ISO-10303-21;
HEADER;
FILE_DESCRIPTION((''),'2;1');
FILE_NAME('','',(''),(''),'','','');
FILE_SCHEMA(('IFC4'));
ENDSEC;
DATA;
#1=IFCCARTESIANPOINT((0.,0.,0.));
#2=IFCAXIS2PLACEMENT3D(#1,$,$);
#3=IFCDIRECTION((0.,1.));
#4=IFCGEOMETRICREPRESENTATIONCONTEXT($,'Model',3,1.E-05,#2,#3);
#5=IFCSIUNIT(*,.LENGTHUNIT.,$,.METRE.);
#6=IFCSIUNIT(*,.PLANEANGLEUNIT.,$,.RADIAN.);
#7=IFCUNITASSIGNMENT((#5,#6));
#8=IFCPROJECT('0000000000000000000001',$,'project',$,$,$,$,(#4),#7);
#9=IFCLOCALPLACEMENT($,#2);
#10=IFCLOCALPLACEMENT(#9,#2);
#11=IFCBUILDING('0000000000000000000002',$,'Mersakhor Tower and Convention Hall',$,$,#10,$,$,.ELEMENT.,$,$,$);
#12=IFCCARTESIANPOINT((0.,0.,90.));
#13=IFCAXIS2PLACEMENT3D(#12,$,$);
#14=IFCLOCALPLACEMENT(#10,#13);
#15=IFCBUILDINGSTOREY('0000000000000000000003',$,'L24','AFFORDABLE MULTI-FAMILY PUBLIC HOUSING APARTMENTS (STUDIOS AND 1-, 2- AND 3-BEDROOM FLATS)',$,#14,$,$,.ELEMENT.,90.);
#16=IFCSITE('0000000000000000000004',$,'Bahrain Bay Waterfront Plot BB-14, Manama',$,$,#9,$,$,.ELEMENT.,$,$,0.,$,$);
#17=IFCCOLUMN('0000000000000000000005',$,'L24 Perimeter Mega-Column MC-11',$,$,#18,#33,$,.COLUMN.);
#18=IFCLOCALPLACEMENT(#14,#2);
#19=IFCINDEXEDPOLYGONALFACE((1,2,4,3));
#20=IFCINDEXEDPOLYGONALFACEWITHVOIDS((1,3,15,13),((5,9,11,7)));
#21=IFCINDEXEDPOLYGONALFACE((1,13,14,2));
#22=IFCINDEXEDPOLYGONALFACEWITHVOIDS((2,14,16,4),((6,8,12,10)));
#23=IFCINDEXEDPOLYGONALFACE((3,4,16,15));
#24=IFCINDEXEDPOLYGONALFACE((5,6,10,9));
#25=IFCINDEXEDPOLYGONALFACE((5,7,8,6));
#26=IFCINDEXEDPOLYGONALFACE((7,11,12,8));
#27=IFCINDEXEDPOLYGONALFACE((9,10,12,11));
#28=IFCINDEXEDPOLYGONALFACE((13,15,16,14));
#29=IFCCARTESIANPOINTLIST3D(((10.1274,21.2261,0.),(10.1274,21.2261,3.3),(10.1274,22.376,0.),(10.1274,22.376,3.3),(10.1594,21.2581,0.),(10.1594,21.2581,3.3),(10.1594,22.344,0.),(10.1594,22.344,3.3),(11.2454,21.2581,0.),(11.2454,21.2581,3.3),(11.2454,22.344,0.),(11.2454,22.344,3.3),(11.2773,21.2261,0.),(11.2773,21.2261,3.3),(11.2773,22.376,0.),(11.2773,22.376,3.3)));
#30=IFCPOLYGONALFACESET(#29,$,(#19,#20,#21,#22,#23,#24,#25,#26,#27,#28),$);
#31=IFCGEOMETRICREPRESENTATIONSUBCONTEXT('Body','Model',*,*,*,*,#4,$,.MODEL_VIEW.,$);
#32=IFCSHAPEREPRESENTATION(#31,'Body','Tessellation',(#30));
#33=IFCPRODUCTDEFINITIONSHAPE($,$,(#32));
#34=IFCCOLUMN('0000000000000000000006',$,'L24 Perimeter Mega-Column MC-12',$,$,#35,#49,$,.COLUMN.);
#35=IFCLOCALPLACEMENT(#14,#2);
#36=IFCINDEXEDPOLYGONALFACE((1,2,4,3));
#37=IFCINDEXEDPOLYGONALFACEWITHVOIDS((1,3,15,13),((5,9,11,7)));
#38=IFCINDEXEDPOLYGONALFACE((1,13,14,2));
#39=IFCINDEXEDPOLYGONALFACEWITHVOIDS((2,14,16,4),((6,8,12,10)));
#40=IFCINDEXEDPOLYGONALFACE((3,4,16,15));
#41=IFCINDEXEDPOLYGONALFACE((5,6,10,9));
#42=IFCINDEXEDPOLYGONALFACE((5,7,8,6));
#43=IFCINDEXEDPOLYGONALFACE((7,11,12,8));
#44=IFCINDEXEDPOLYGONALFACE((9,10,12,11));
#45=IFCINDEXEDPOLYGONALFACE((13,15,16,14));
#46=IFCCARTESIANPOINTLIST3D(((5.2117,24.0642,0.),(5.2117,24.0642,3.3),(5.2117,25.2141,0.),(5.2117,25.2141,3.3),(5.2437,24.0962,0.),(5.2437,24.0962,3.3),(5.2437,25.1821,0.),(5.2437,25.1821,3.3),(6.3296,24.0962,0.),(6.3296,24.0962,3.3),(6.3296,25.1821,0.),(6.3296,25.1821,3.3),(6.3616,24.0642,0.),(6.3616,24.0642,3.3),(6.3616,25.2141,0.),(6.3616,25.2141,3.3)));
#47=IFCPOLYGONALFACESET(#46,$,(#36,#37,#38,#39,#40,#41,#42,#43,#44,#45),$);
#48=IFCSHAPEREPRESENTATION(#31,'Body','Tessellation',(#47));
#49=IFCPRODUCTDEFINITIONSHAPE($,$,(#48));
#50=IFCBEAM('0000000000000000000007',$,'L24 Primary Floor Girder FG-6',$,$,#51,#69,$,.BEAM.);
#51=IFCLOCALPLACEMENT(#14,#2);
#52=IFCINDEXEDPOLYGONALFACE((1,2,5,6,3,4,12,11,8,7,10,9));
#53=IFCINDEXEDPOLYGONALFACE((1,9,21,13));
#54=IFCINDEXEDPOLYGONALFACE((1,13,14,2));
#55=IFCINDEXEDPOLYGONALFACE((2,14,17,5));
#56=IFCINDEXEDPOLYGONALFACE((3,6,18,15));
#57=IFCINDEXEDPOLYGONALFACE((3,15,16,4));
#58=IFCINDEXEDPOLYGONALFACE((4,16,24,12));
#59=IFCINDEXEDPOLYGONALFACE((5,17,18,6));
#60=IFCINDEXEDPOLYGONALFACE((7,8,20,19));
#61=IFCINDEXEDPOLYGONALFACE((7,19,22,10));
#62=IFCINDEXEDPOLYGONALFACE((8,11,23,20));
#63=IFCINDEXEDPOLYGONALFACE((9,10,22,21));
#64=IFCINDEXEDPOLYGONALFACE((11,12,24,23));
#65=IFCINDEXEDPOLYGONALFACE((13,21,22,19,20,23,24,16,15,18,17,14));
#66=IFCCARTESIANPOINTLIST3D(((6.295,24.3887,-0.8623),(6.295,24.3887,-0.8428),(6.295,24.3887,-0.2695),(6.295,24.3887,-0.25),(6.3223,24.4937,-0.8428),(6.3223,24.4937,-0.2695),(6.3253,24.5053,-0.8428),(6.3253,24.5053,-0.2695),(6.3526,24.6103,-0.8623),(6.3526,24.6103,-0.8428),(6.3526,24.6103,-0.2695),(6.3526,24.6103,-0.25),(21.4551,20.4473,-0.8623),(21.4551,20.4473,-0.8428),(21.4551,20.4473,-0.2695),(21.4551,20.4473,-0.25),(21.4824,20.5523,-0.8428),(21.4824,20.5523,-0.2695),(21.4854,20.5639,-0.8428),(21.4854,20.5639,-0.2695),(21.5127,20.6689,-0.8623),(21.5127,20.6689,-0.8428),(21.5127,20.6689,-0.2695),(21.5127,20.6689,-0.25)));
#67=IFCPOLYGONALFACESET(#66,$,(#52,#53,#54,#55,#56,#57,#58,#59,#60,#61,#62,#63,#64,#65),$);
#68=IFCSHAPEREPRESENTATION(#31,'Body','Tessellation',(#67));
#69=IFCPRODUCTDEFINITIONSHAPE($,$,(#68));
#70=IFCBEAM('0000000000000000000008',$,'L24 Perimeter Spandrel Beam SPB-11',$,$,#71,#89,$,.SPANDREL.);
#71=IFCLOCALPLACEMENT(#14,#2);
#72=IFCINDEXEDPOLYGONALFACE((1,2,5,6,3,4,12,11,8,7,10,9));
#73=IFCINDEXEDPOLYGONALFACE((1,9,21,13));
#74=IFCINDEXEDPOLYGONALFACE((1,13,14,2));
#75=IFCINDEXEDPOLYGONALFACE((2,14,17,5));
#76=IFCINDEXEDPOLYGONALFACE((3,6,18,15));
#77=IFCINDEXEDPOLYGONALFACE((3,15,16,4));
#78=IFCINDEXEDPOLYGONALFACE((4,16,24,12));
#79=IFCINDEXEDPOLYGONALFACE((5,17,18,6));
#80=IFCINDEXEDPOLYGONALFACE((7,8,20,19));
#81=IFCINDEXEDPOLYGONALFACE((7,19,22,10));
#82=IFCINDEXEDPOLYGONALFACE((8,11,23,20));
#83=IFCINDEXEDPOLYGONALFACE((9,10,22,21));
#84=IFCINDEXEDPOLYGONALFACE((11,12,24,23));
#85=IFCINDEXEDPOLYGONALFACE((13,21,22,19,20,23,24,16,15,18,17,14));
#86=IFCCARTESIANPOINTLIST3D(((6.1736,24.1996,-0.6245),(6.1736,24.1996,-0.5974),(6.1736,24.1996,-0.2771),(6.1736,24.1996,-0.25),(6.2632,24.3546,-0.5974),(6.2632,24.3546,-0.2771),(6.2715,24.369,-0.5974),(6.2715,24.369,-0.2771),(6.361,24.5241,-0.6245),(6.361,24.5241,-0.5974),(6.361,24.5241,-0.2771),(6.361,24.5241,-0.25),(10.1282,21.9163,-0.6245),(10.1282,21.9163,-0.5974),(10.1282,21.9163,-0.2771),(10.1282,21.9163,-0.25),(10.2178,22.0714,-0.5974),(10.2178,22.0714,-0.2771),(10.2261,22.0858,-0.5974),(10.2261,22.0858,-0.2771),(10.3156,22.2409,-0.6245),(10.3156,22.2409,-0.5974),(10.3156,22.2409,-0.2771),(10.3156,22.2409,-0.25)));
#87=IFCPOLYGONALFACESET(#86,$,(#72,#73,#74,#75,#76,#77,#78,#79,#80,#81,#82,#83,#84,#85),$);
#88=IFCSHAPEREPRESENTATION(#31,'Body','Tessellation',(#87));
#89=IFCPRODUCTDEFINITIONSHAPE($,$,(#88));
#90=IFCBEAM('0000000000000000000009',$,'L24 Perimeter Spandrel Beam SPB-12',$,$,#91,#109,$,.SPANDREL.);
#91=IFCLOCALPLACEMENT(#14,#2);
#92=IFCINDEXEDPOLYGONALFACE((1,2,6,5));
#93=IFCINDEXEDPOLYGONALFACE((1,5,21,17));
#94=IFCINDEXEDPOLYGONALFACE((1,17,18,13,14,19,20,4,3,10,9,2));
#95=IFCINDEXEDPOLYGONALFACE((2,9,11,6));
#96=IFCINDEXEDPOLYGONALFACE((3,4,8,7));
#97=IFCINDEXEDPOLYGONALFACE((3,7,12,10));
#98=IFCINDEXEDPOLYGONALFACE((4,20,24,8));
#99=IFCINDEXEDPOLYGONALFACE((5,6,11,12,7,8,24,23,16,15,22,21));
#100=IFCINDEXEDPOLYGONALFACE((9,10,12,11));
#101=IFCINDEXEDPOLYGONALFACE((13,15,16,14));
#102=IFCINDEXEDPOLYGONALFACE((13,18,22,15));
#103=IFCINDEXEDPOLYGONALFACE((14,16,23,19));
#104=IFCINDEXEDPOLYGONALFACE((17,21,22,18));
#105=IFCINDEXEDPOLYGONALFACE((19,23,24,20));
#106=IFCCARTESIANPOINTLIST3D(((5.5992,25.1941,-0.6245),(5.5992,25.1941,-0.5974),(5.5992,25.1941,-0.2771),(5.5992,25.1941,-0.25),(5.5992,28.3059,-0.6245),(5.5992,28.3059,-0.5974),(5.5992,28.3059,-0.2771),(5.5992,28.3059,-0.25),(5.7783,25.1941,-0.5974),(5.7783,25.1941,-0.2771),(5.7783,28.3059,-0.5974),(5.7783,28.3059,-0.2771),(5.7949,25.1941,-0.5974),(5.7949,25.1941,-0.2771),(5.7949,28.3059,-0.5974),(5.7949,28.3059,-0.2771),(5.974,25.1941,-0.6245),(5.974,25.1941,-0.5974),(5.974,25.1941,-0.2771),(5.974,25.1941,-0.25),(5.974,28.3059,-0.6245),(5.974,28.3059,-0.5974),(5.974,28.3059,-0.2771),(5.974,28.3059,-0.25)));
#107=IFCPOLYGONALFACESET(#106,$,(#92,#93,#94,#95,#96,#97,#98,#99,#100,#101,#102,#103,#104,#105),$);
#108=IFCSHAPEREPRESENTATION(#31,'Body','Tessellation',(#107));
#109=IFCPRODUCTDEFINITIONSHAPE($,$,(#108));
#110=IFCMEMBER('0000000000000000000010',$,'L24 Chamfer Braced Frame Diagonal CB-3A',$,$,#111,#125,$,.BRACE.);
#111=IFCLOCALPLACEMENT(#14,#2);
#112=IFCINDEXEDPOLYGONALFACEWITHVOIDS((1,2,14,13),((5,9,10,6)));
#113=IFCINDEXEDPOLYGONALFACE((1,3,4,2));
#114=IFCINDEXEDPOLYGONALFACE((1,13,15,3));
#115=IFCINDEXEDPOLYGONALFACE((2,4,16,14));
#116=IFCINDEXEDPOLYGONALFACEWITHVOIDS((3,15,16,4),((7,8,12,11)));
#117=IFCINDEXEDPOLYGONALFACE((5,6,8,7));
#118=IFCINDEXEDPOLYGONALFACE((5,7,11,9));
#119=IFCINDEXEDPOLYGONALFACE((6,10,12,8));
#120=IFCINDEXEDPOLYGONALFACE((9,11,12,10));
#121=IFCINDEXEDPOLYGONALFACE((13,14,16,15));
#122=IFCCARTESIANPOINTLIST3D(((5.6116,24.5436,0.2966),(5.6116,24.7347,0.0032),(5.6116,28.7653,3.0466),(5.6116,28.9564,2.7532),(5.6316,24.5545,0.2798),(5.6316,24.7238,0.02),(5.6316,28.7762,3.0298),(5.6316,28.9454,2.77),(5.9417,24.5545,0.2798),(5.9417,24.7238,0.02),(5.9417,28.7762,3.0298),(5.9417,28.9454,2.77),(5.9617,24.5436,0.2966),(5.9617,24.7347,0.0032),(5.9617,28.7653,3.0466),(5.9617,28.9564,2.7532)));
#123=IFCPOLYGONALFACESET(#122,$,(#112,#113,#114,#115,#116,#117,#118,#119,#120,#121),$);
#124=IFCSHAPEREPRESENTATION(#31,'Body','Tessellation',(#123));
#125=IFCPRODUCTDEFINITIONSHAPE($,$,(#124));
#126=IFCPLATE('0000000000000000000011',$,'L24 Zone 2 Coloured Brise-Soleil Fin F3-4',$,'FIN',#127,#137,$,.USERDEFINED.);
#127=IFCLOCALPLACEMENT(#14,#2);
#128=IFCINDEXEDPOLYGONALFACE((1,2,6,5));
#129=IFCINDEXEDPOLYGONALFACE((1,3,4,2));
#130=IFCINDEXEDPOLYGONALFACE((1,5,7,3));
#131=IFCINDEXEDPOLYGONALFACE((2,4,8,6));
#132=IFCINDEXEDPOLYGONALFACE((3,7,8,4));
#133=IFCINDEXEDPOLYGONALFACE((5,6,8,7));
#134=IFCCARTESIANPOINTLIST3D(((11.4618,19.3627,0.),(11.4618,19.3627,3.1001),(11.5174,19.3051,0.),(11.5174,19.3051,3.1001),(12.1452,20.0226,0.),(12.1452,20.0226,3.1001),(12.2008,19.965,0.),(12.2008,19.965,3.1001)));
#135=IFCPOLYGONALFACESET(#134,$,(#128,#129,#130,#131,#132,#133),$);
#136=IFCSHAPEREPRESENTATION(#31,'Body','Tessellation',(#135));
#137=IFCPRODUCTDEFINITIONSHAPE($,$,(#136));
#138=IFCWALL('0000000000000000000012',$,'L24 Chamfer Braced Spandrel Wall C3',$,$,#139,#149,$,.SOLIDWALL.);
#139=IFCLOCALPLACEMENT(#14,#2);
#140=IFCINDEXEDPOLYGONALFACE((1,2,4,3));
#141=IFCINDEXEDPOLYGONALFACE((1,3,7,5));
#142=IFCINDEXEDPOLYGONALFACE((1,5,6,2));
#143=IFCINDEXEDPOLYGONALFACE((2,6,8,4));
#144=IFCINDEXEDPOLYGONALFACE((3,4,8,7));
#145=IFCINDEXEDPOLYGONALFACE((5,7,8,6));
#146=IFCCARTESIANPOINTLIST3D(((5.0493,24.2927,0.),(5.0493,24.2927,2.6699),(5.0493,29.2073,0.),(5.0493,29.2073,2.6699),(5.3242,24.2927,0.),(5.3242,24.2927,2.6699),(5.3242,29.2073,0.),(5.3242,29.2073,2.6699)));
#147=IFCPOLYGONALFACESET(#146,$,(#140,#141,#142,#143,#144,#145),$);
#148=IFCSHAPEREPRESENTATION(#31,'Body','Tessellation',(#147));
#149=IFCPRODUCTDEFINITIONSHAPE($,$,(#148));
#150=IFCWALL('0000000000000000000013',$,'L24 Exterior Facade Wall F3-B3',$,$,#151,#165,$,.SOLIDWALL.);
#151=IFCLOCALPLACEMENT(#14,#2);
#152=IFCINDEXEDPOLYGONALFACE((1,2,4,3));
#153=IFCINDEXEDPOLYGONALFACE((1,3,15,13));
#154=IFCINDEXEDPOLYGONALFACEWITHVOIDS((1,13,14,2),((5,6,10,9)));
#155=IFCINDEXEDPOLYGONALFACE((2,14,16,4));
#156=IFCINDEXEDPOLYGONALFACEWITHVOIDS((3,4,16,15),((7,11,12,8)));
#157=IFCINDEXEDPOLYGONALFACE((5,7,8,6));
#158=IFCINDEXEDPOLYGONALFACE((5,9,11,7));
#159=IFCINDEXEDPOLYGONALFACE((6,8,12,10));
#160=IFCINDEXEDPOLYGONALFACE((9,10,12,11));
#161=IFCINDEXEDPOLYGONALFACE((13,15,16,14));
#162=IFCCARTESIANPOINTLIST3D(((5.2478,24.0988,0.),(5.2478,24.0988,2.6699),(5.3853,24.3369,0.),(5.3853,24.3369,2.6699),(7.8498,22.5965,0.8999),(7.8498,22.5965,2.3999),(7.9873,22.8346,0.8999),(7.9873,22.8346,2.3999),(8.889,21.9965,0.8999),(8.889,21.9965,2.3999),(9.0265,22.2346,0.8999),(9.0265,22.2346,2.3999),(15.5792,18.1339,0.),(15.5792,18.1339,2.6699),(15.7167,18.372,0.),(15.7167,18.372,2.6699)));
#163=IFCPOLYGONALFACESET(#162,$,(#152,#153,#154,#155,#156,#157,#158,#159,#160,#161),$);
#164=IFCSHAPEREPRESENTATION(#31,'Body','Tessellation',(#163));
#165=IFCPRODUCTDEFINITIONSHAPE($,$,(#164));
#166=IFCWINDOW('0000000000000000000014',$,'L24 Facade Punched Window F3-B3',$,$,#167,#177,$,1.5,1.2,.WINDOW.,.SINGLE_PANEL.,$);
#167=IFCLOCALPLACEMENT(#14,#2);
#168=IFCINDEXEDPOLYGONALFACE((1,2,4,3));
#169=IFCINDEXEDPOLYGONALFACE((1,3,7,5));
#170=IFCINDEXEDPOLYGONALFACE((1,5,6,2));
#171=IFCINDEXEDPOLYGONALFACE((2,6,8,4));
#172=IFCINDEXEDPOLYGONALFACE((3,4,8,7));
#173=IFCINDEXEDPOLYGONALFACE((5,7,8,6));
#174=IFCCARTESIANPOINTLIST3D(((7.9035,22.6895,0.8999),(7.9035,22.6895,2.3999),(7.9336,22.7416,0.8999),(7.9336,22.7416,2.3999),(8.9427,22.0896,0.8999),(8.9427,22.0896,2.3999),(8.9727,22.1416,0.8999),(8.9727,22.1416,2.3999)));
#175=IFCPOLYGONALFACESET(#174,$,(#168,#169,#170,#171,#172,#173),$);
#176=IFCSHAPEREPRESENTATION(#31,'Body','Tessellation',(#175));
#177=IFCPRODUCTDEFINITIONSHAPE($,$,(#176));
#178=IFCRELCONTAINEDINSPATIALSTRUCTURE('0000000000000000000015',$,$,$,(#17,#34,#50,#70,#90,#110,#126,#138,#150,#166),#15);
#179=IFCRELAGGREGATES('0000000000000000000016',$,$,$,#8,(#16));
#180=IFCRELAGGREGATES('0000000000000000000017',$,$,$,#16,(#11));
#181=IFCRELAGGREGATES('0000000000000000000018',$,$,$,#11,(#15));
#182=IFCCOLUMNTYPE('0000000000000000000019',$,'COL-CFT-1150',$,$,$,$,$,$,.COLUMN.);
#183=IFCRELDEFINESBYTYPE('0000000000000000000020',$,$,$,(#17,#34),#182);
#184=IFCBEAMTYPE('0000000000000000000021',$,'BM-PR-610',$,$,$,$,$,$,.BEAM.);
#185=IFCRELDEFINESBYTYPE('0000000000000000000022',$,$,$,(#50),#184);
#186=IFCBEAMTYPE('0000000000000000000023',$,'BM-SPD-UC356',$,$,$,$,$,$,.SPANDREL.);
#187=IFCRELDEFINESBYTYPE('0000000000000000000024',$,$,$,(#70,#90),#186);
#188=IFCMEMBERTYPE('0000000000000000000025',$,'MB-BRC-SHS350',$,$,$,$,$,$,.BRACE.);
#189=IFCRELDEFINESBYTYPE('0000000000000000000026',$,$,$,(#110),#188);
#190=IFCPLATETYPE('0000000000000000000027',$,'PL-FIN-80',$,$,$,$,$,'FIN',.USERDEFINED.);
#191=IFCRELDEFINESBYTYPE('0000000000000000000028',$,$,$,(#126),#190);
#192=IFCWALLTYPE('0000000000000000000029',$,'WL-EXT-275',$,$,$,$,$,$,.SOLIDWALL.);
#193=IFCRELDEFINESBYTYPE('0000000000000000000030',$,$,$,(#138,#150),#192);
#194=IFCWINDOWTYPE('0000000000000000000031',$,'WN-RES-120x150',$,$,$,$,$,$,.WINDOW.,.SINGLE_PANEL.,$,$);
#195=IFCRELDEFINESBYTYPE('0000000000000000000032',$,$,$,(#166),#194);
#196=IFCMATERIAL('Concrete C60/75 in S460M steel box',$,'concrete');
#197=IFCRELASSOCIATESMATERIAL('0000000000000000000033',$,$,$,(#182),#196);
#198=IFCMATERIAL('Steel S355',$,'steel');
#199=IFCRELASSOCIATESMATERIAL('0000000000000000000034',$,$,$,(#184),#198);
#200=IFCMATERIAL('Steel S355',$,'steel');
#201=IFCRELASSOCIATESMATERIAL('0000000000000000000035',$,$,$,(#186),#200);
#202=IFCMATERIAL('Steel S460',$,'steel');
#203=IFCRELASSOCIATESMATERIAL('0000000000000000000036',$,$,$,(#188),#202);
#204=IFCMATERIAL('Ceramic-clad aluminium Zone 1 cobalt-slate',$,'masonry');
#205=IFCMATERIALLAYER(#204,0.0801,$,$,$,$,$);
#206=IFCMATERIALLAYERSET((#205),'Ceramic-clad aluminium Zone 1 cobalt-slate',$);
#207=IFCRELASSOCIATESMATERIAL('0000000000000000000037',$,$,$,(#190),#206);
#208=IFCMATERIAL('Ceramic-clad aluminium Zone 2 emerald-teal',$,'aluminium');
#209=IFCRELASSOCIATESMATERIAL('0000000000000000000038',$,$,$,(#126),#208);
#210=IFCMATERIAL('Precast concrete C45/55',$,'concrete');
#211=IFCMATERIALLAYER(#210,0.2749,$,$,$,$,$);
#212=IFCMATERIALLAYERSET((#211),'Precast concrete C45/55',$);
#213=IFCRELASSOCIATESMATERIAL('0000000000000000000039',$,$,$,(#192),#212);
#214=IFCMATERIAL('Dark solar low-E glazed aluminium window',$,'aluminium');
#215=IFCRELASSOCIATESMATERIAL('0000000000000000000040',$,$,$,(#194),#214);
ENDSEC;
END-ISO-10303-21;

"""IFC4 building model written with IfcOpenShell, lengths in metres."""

from ifc_helpers import new_model, si_unit, direction, frame, frame_2d, origin, origin_2d, place, context, subcontext, project, spatial, rectangle, hollow_rectangle, i_section, extrude, material, layer, layer_set, material_profile, profile_set, type_object, element, fill, save


model = new_model("IFC4")

# Units and contexts
model_context = context("Model", 3, precision=1e-05, world=origin(), true_north=direction((0.0, 1.0)))
body_context = subcontext(model_context, "Body", "Model", "MODEL_VIEW")
ifc_project = project(units=[si_unit("LENGTHUNIT", "METRE"), si_unit("PLANEANGLEUNIT", "RADIAN")], contexts=[model_context])

# Site, building, storey
site_placement = place(None, origin())
site = spatial("IfcSite", under=ifc_project, at=site_placement, Name="Bahrain Bay Waterfront Plot BB-14, Manama", CompositionType="ELEMENT", RefElevation=0.0)
building_placement = place(site_placement, origin())
building = spatial("IfcBuilding", under=site, at=building_placement, Name="Mersakhor Tower and Convention Hall", CompositionType="ELEMENT")
storey_placement = place(building_placement, frame((0.0, 0.0, 90.0)))
storey = spatial("IfcBuildingStorey", under=building, at=storey_placement, Name="L24", Description="AFFORDABLE MULTI-FAMILY PUBLIC HOUSING APARTMENTS (STUDIOS AND 1-, 2- AND 3-BEDROOM FLATS)", CompositionType="ELEMENT", Elevation=90.0)

# Columns
ifc_material_1 = material(Name="Concrete C60/75 in S460M steel box", Category="concrete")
ifc_material_profile_1 = material_profile(ifc_material_1, hollow_rectangle(XDim=1.1499, YDim=1.1499, WallThickness=0.032, at=origin_2d()), Name="SHS 1150x1150x32")
ifc_profile_set_1 = profile_set([ifc_material_profile_1], Name="Concrete C60/75 in S460M steel box")
column_type = type_object("IfcColumnType", Name="COL-CFT-1150", PredefinedType="COLUMN", material=ifc_profile_set_1)
for number, where, z_axis, x_axis, name in (
    (1, (10.7024, 21.801, 0.0), (0.0, 0.0, 1.0), (1.0, 0.0, 0.0), "L24 Perimeter Mega-Column MC-11"),
    (2, (5.7866, 24.6392, 0.0), (0.0, 0.0, 1.0), (1.0, 0.0, 0.0), "L24 Perimeter Mega-Column MC-12"),
):
    element("IfcColumn", number, at=place(storey_placement, frame(where, z_axis=z_axis, x_axis=x_axis)), inside=storey, type_object=column_type, Name=name, PredefinedType="COLUMN", context=body_context, shape_type="SweptSolid", body=[
        extrude(hollow_rectangle(XDim=1.1499, YDim=1.1499, WallThickness=0.032, at=origin_2d()), origin(), (0.0, 0.0, 1.0), 3.3),
    ])

# Beams
ifc_material_2 = material(Name="Steel S355", Category="steel")
ifc_material_profile_2 = material_profile(ifc_material_2, i_section(OverallWidth=0.229, OverallDepth=0.6123, WebThickness=0.012, FlangeThickness=0.0195, at=origin_2d()), Name="UB 610x229x125")
ifc_profile_set_2 = profile_set([ifc_material_profile_2], Name="Steel S355")
beam_type_1 = type_object("IfcBeamType", Name="BM-PR-610", PredefinedType="BEAM", material=ifc_profile_set_2)
beam_1_placement = place(storey_placement, frame((21.4839, 20.5581, -0.5562), z_axis=(-0.967826, 0.25162, 0.0), x_axis=(-0.25162, -0.967826, 0.0)))
element("IfcBeam", 3, at=beam_1_placement, inside=storey, type_object=beam_type_1, Name="L24 Primary Floor Girder FG-6", PredefinedType="BEAM", context=body_context, shape_type="SweptSolid", body=[
    extrude(i_section(OverallWidth=0.229, OverallDepth=0.6123, WebThickness=0.012, FlangeThickness=0.0195, at=origin_2d()), origin(), (0.0, 0.0, 1.0), 15.6641),
])
ifc_material_3 = material(Name="Steel S355", Category="steel")
ifc_material_profile_3 = material_profile(ifc_material_3, i_section(OverallWidth=0.3748, OverallDepth=0.3745, WebThickness=0.0166, FlangeThickness=0.0271, at=origin_2d()), Name="UC 356x368x202")
ifc_profile_set_3 = profile_set([ifc_material_profile_3], Name="Steel S355")
beam_type_2 = type_object("IfcBeamType", Name="BM-SPD-UC356", PredefinedType="SPANDREL", material=ifc_profile_set_3)
beam_2_placement = place(storey_placement, frame((10.2219, 22.0786, -0.4373), z_axis=(-0.866024, 0.500003, 0.0), x_axis=(-0.500003, -0.866024, 0.0)))
element("IfcBeam", 4, at=beam_2_placement, inside=storey, type_object=beam_type_2, Name="L24 Perimeter Spandrel Beam SPB-11", PredefinedType="SPANDREL", context=body_context, shape_type="SweptSolid", body=[
    extrude(i_section(OverallWidth=0.3748, OverallDepth=0.3745, WebThickness=0.0166, FlangeThickness=0.0271, at=origin_2d()), origin(), (0.0, 0.0, 1.0), 4.5664),
])
beam_3_placement = place(storey_placement, frame((5.7866, 25.1941, -0.4373), z_axis=(0.0, 1.0, 0.0), x_axis=(-1.0, 0.0, 0.0)))
element("IfcBeam", 5, at=beam_3_placement, inside=storey, type_object=beam_type_2, Name="L24 Perimeter Spandrel Beam SPB-12", PredefinedType="SPANDREL", context=body_context, shape_type="SweptSolid", body=[
    extrude(i_section(OverallWidth=0.3748, OverallDepth=0.3745, WebThickness=0.0166, FlangeThickness=0.0271, at=origin_2d()), origin(), (0.0, 0.0, 1.0), 3.1118),
])

# Member
ifc_material_4 = material(Name="Steel S460", Category="steel")
ifc_material_profile_4 = material_profile(ifc_material_4, hollow_rectangle(XDim=0.3501, YDim=0.3501, WallThickness=0.02, at=origin_2d()), Name="SHS 350x350x20")
ifc_profile_set_4 = profile_set([ifc_material_profile_4], Name="Steel S460")
member_type = type_object("IfcMemberType", Name="MB-BRC-SHS350", PredefinedType="BRACE", material=ifc_profile_set_4)
member_placement = place(storey_placement, frame((5.7866, 24.6392, 0.1499), z_axis=(0.0, 0.837907, 0.545812), x_axis=(-1.0, 0.0, 0.0)))
element("IfcMember", 6, at=member_placement, inside=storey, type_object=member_type, Name="L24 Chamfer Braced Frame Diagonal CB-3A", PredefinedType="BRACE", context=body_context, shape_type="SweptSolid", body=[
    extrude(hollow_rectangle(XDim=0.3501, YDim=0.3501, WallThickness=0.02, at=origin_2d()), origin(), (0.0, 0.0, 1.0), 5.0383),
])

# Plate
ifc_material_5 = material(Name="Ceramic-clad aluminium Zone 2 emerald-teal", Category="aluminium")
ifc_material_6 = material(Name="Ceramic-clad aluminium Zone 1 cobalt-slate", Category="masonry")
ifc_layer_1 = layer(ifc_material_6, 0.0801)
ifc_layer_set_1 = layer_set([ifc_layer_1], Name="Ceramic-clad aluminium Zone 1 cobalt-slate")
plate_type = type_object("IfcPlateType", Name="PL-FIN-80", ElementType="FIN", PredefinedType="USERDEFINED", material=ifc_layer_set_1)
plate_placement = place(storey_placement, frame((11.8313, 19.6638, 0.0), z_axis=(0.0, 0.0, 1.0), x_axis=(-0.71934, -0.694658, 0.0)))
element("IfcPlate", 7, at=plate_placement, inside=storey, type_object=plate_type, material=ifc_material_5, Name="L24 Zone 2 Coloured Brise-Soleil Fin F3-4", ObjectType="FIN", PredefinedType="USERDEFINED", context=body_context, shape_type="SweptSolid", body=[
    extrude(rectangle(XDim=0.95, YDim=0.0801, at=origin_2d()), origin(), (0.0, 0.0, 1.0), 3.1001),
])

# Wall
ifc_material_7 = material(Name="Precast concrete C45/55", Category="concrete")
ifc_layer_2 = layer(ifc_material_7, 0.2749)
ifc_layer_set_2 = layer_set([ifc_layer_2], Name="Precast concrete C45/55")
wall_type_1 = type_object("IfcWallType", Name="WL-EXT-275", PredefinedType="SOLIDWALL", material=ifc_layer_set_2)
wall_1_placement = place(storey_placement, frame((5.1868, 24.2927, 0.0), z_axis=(0.0, 0.0, 1.0), x_axis=(0.0, 1.0, 0.0)))
element("IfcWall", 8, at=wall_1_placement, inside=storey, type_object=wall_type_1, Name="L24 Chamfer Braced Spandrel Wall C3", PredefinedType="SOLIDWALL", context=body_context, shape_type="SweptSolid", body=[
    extrude(rectangle(XDim=4.9146, YDim=0.2749, at=frame_2d((2.4573, 0.0))), origin(), (0.0, 0.0, 1.0), 2.6699),
])

# Wall, opening, window
wall_2_placement = place(storey_placement, frame((15.6479, 18.2529, 0.0), z_axis=(0.0, 0.0, 1.0), x_axis=(-0.866023, 0.500004, 0.0)))
wall_2 = element("IfcWall", 9, at=wall_2_placement, inside=storey, type_object=wall_type_1, Name="L24 Exterior Facade Wall F3-B3", PredefinedType="SOLIDWALL", context=body_context, shape_type="SweptSolid", body=[
    extrude(rectangle(XDim=11.9297, YDim=0.2749, at=frame_2d((5.9648, 0.0))), origin(), (0.0, 0.0, 1.0), 2.6699),
])
opening_1_placement = place(wall_2_placement, frame((7.7251, 0.0, 0.8999)))
opening_1 = element("IfcOpeningElement", 10, at=opening_1_placement, cuts=wall_2, PredefinedType="OPENING", context=body_context, shape_type="SweptSolid", body=[
    extrude(rectangle(XDim=1.2, YDim=1.5, at=frame_2d((0.6001, 0.75))), frame((0.0, 0.1475, 0.0), z_axis=(0.0, -1.0, 0.0), x_axis=(1.0, 0.0, 0.0)), (0.0, 0.0, 1.0), 0.2949),
])
ifc_material_8 = material(Name="Dark solar low-E glazed aluminium window", Category="aluminium")
window_type = type_object("IfcWindowType", Name="WN-RES-120x150", PartitioningType="SINGLE_PANEL", PredefinedType="WINDOW", material=ifc_material_8)
window_placement = place(opening_1_placement, origin())
window = element("IfcWindow", 11, at=window_placement, inside=storey, type_object=window_type, Name="L24 Facade Punched Window F3-B3", OverallHeight=1.5, OverallWidth=1.2, PartitioningType="SINGLE_PANEL", PredefinedType="WINDOW", context=body_context, shape_type="SweptSolid", body=[
    extrude(rectangle(XDim=1.2, YDim=1.5, at=frame_2d((0.6001, 0.75))), frame((0.0, 0.03, 0.0), z_axis=(0.0, -1.0, 0.0), x_axis=(1.0, 0.0, 0.0)), (0.0, 0.0, 1.0), 0.0601),
])
fill(opening_1, window)

save(model, "model.ifc")
